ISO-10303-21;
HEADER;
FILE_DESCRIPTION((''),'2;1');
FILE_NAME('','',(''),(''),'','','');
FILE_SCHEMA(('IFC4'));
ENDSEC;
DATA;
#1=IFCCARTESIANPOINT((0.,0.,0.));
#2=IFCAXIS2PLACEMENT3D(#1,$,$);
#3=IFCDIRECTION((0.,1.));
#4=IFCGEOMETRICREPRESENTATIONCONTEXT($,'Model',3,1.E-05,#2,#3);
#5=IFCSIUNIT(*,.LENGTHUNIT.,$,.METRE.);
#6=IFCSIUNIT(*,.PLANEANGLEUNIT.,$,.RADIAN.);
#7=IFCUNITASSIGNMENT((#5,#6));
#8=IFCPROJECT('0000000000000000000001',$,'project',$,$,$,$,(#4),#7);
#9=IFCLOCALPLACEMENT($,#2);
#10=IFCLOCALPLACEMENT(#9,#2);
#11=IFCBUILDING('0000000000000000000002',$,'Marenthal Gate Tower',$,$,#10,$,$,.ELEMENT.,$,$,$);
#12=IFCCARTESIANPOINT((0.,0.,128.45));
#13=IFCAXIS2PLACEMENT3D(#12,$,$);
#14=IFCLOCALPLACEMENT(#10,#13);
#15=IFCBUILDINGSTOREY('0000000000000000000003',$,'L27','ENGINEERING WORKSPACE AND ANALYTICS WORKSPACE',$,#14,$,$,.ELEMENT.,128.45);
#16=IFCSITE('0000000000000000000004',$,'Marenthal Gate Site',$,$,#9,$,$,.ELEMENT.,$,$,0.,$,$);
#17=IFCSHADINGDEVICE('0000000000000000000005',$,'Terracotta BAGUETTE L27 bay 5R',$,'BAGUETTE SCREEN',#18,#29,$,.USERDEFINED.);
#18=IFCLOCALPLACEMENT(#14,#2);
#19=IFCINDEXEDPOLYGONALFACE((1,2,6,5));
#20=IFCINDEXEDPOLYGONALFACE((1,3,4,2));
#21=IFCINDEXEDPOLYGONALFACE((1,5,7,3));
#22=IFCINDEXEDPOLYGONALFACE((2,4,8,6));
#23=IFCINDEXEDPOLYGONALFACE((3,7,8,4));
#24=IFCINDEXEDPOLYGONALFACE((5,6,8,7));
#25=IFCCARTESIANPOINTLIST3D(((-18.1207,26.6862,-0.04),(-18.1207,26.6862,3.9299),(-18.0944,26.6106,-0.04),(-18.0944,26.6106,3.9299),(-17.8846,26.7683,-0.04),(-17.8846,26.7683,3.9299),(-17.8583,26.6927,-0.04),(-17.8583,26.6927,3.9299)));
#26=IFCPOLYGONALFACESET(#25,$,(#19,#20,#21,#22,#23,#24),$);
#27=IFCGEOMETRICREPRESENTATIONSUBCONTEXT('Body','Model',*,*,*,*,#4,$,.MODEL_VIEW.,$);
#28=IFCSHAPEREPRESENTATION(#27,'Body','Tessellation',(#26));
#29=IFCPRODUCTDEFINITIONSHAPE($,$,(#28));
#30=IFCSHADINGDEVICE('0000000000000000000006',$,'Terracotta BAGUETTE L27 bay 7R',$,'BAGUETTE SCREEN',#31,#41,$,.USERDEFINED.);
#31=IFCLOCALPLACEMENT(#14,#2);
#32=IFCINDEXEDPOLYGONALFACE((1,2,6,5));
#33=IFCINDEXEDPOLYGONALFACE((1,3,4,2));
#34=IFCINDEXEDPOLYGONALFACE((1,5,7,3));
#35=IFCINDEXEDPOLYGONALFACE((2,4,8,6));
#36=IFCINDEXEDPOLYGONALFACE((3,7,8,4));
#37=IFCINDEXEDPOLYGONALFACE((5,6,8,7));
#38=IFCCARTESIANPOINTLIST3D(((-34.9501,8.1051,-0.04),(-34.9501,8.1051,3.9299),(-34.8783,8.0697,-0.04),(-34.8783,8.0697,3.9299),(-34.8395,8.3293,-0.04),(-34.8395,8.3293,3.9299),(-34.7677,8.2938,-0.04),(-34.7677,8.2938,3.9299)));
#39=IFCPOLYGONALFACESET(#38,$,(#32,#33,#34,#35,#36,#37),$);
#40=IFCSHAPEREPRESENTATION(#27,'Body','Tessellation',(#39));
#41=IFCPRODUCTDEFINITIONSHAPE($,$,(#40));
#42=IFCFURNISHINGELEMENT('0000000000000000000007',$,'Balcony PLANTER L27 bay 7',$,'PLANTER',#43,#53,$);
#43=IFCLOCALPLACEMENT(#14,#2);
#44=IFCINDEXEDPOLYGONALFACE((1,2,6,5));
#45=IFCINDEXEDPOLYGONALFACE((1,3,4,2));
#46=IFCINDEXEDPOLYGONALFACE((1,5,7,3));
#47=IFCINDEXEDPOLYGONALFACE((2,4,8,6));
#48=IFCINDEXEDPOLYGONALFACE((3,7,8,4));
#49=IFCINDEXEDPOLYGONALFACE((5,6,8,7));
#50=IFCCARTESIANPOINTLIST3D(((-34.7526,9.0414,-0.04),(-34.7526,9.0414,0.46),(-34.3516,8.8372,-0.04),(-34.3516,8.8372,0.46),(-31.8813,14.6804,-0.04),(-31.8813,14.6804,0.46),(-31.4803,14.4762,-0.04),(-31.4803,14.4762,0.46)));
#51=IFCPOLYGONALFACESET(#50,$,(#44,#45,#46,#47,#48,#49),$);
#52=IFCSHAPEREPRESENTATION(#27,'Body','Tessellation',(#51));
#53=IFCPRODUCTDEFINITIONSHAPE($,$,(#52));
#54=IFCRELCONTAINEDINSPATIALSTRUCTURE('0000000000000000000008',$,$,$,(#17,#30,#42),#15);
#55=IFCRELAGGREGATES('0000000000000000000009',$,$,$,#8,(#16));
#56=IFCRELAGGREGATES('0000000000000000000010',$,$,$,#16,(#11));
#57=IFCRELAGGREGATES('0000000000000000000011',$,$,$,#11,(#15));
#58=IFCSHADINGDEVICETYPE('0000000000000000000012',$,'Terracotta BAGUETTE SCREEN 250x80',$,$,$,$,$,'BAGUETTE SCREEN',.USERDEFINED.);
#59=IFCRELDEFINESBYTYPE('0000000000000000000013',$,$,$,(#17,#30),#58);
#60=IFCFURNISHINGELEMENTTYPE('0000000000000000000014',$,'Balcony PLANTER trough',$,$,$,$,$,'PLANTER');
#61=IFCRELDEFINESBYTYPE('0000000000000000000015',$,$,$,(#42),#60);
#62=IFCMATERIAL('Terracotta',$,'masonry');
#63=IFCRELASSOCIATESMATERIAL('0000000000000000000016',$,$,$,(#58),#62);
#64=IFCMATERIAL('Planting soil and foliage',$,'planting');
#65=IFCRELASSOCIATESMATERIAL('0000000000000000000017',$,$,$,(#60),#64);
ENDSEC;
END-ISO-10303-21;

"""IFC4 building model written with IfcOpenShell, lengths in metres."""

from ifc_helpers import new_model, si_unit, direction, frame, origin, origin_2d, place, context, subcontext, project, spatial, rectangle, extrude, material, material_profile, profile_set, type_object, element, save


model = new_model("IFC4")

# Units and contexts
model_context = context("Model", 3, precision=1e-05, world=origin(), true_north=direction((0.0, 1.0)))
body_context = subcontext(model_context, "Body", "Model", "MODEL_VIEW")
ifc_project = project(units=[si_unit("LENGTHUNIT", "METRE"), si_unit("PLANEANGLEUNIT", "RADIAN")], contexts=[model_context])

# Site, building, storey
site_placement = place(None, origin())
site = spatial("IfcSite", under=ifc_project, at=site_placement, Name="Marenthal Gate Site", CompositionType="ELEMENT", RefElevation=0.0)
building_placement = place(site_placement, origin())
building = spatial("IfcBuilding", under=site, at=building_placement, Name="Marenthal Gate Tower", CompositionType="ELEMENT")
storey_placement = place(building_placement, frame((0.0, 0.0, 128.45)))
storey = spatial("IfcBuildingStorey", under=building, at=storey_placement, Name="L27", Description="ENGINEERING WORKSPACE AND ANALYTICS WORKSPACE", CompositionType="ELEMENT", Elevation=128.45)

# Shading devices
ifc_material_1 = material(Name="Terracotta", Category="masonry")
ifc_material_profile_1 = material_profile(ifc_material_1, rectangle(XDim=0.25, YDim=0.0801, at=origin_2d()), Name="Terracotta baguette 250x80")
ifc_profile_set_1 = profile_set([ifc_material_profile_1], Name="Terracotta")
shading_device_type = type_object("IfcShadingDeviceType", Name="Terracotta BAGUETTE SCREEN 250x80", ElementType="BAGUETTE SCREEN", PredefinedType="USERDEFINED", material=ifc_profile_set_1)
for number, where, z_axis, x_axis, name in (
    (1, (-17.9895, 26.6895, -0.04), (0.0, 0.0, 1.0), (-0.944576, -0.328292, 0.0), "Terracotta BAGUETTE L27 bay 5R"),
    (2, (-34.8589, 8.1995, -0.04), (0.0, 0.0, 1.0), (-0.442658, -0.896691, 0.0), "Terracotta BAGUETTE L27 bay 7R"),
):
    element("IfcShadingDevice", number, at=place(storey_placement, frame(where, z_axis=z_axis, x_axis=x_axis)), inside=storey, type_object=shading_device_type, Name=name, ObjectType="BAGUETTE SCREEN", PredefinedType="USERDEFINED", context=body_context, shape_type="SweptSolid", body=[
        extrude(rectangle(XDim=0.25, YDim=0.0801, at=origin_2d()), origin(), (0.0, 0.0, 1.0), 3.97),
    ])

# Furnishing element
ifc_material_2 = material(Name="Planting soil and foliage", Category="planting")
furnishing_element_type = type_object("IfcFurnishingElementType", Name="Balcony PLANTER trough", ElementType="PLANTER", material=ifc_material_2)
furnishing_placement = place(storey_placement, frame((-33.1165, 11.7588, -0.04), z_axis=(0.0, 0.0, 1.0), x_axis=(-0.453749, -0.89113, 0.0)))
element("IfcFurnishingElement", 3, at=furnishing_placement, inside=storey, type_object=furnishing_element_type, Name="Balcony PLANTER L27 bay 7", ObjectType="PLANTER", context=body_context, shape_type="SweptSolid", body=[
    extrude(rectangle(XDim=6.3279, YDim=0.45, at=origin_2d()), origin(), (0.0, 0.0, 1.0), 0.5),
])

save(model, "model.ifc")
